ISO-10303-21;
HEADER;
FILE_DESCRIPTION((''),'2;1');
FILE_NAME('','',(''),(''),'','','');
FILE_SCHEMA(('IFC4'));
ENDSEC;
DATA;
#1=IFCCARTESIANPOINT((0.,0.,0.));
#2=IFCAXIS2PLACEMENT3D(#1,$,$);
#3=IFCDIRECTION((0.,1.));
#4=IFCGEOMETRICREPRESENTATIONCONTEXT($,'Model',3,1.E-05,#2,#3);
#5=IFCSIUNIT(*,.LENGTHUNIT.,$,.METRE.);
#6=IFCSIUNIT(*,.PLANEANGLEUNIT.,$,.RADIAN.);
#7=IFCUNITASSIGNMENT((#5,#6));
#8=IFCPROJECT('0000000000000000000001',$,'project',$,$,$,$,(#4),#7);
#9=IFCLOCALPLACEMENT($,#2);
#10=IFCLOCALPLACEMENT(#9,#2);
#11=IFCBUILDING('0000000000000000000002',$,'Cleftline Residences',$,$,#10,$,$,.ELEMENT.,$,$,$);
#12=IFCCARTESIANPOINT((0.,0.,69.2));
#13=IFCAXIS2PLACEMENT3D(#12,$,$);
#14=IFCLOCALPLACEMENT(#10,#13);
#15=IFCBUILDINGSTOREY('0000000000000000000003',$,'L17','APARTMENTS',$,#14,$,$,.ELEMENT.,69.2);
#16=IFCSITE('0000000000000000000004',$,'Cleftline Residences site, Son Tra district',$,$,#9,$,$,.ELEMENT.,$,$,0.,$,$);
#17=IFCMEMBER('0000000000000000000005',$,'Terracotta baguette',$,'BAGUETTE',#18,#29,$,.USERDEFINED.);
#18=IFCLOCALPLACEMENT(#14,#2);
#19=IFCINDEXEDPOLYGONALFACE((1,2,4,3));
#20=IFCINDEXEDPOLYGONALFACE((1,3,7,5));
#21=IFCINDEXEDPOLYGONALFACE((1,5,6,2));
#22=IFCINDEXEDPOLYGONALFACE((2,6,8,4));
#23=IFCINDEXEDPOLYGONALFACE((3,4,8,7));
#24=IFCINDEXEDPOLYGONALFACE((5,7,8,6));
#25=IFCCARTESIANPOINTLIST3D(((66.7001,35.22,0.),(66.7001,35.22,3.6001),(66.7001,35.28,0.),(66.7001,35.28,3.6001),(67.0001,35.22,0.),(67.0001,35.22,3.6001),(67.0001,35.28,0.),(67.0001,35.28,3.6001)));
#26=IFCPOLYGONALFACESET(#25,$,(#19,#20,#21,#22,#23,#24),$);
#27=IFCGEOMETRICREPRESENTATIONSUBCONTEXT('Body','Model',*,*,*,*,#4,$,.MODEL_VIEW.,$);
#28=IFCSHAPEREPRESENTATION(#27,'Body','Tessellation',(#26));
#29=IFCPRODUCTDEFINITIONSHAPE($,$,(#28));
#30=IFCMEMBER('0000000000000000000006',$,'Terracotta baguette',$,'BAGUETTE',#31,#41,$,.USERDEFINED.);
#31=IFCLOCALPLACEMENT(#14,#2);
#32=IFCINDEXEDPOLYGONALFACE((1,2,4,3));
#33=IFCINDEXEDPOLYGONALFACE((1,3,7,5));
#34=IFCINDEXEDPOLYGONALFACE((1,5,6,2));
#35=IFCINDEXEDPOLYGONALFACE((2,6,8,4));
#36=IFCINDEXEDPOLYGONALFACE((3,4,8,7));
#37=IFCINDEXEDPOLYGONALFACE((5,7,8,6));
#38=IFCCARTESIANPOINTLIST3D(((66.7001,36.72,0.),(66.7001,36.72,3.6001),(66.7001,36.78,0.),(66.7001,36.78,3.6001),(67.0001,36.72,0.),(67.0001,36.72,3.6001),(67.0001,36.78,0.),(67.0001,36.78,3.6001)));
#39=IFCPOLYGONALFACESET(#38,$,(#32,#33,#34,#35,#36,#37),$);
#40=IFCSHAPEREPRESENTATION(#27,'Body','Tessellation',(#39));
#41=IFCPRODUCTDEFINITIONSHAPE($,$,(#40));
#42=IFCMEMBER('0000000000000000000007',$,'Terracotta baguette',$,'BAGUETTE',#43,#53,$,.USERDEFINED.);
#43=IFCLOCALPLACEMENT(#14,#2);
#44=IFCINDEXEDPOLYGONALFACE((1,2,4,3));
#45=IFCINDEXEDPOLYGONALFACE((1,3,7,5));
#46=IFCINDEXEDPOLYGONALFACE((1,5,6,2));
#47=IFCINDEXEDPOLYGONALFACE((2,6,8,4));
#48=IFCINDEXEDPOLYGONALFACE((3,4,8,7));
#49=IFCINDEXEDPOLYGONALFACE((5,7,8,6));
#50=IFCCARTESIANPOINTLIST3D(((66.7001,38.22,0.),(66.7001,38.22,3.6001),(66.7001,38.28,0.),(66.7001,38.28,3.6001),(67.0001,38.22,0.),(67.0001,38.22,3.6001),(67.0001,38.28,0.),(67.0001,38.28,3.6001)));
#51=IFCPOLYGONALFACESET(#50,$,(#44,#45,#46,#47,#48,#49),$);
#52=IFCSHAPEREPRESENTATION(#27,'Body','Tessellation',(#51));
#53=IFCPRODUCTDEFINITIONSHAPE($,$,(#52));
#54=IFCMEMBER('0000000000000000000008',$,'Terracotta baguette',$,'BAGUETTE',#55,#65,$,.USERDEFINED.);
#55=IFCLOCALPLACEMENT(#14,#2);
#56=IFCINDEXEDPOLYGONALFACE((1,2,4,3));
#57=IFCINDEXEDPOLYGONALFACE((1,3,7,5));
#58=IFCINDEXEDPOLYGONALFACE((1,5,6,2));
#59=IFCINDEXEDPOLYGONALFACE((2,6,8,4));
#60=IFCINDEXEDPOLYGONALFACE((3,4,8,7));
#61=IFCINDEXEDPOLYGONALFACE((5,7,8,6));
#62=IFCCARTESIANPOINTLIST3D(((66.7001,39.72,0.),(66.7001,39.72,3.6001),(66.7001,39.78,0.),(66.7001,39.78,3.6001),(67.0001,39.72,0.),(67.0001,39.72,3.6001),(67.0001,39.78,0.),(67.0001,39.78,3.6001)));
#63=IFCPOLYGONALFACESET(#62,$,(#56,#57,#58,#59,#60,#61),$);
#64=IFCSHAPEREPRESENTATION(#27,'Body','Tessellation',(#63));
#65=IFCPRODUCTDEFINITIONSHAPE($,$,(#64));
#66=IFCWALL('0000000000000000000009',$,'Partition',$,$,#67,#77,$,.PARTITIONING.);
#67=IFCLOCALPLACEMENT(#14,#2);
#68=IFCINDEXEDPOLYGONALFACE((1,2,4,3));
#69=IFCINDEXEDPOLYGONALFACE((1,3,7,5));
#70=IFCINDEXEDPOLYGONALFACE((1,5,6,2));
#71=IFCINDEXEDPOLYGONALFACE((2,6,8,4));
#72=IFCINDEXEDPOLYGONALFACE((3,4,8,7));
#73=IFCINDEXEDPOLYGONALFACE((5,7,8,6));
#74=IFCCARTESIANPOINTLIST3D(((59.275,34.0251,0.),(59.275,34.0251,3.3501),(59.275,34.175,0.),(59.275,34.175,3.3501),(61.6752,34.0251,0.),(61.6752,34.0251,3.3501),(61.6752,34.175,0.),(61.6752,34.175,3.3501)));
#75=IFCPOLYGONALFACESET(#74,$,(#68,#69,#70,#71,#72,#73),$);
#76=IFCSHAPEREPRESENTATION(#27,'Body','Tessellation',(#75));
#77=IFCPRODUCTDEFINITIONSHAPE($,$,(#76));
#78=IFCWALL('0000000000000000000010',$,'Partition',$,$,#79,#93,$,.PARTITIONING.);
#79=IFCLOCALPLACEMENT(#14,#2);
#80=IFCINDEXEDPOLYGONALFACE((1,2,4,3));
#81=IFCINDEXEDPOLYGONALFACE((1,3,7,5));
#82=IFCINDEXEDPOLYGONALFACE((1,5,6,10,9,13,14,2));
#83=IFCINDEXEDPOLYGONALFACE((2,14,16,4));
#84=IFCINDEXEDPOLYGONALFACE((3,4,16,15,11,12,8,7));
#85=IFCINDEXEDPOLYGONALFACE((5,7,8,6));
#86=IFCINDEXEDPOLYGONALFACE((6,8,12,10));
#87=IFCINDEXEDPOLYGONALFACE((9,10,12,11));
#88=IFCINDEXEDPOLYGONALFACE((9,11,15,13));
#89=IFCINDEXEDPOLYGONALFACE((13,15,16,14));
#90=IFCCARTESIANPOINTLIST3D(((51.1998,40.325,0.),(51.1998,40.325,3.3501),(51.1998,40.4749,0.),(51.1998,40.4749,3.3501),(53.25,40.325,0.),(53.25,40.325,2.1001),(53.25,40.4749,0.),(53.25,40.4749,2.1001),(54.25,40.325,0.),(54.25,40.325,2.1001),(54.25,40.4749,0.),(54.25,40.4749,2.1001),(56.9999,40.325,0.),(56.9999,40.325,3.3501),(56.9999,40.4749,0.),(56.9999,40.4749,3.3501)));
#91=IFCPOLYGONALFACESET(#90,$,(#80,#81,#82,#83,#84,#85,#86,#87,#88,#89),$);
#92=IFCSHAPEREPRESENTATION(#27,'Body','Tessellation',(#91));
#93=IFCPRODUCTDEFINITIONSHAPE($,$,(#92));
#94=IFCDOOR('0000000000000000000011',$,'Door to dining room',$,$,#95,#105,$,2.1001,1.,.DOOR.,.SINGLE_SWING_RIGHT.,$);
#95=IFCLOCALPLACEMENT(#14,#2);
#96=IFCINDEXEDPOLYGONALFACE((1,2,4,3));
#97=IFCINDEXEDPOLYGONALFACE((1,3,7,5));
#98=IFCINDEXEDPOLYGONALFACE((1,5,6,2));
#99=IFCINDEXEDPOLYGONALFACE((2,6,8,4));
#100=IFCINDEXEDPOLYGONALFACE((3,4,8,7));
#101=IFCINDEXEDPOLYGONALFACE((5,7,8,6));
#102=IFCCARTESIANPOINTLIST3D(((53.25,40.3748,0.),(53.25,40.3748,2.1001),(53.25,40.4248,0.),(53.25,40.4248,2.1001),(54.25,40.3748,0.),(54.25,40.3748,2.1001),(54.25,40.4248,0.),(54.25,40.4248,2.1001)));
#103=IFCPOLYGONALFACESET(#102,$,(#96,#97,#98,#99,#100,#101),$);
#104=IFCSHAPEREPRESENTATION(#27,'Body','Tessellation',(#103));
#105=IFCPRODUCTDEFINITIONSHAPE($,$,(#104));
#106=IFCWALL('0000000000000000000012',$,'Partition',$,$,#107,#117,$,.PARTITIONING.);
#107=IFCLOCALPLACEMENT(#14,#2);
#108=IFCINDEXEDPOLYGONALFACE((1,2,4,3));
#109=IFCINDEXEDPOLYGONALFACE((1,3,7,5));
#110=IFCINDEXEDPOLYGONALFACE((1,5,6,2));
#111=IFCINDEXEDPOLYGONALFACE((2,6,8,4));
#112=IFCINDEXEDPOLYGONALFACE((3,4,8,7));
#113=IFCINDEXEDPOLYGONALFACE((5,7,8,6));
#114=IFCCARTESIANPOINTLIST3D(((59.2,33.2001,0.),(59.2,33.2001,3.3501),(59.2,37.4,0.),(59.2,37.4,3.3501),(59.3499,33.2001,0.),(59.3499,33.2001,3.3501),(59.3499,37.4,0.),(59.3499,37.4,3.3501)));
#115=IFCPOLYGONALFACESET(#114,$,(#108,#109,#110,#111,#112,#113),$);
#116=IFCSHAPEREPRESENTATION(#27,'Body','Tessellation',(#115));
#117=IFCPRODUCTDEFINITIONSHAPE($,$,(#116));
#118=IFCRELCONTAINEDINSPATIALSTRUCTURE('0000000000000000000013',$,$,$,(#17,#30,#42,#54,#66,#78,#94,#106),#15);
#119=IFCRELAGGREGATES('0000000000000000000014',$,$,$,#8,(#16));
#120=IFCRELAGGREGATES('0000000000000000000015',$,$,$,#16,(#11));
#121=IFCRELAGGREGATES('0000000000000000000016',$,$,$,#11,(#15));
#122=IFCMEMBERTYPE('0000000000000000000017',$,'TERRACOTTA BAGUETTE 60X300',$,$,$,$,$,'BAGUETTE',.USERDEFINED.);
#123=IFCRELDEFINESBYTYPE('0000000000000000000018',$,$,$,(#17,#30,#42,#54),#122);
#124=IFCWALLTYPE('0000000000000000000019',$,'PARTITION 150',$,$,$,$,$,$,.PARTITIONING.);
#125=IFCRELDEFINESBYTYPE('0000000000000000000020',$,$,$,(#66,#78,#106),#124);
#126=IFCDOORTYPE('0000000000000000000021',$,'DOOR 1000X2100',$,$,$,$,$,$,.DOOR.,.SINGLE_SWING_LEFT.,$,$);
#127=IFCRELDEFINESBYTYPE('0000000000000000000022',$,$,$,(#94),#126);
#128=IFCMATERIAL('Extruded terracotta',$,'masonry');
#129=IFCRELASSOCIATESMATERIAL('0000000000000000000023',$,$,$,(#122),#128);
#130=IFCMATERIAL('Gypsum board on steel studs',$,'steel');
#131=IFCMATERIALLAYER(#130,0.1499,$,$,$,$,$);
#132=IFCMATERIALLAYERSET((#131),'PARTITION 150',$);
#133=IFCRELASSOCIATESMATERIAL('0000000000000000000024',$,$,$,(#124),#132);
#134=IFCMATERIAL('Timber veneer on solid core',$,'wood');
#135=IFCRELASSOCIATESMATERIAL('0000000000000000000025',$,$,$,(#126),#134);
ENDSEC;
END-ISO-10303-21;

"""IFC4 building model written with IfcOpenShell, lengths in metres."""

from ifc_helpers import new_model, si_unit, direction, frame, frame_2d, origin, origin_2d, place, context, subcontext, project, spatial, rectangle, extrude, material, layer, layer_set, material_profile, profile_set, type_object, element, fill, save


model = new_model("IFC4")

# Units and contexts
model_context = context("Model", 3, precision=1e-05, world=origin(), true_north=direction((0.0, 1.0)))
body_context = subcontext(model_context, "Body", "Model", "MODEL_VIEW")
ifc_project = project(units=[si_unit("LENGTHUNIT", "METRE"), si_unit("PLANEANGLEUNIT", "RADIAN")], contexts=[model_context])

# Site, building, storey
site_placement = place(None, origin())
site = spatial("IfcSite", under=ifc_project, at=site_placement, Name="Cleftline Residences site, Son Tra district", CompositionType="ELEMENT", RefElevation=0.0)
building_placement = place(site_placement, origin())
building = spatial("IfcBuilding", under=site, at=building_placement, Name="Cleftline Residences", CompositionType="ELEMENT")
storey_placement = place(building_placement, frame((0.0, 0.0, 69.2)))
storey = spatial("IfcBuildingStorey", under=building, at=storey_placement, Name="L17", Description="APARTMENTS", CompositionType="ELEMENT", Elevation=69.2)

# Members
ifc_material_1 = material(Name="Extruded terracotta", Category="masonry")
ifc_material_profile_1 = material_profile(ifc_material_1, rectangle(XDim=0.0601, YDim=0.3, at=origin_2d()))
ifc_profile_set_1 = profile_set([ifc_material_profile_1], Name="Extruded terracotta")
member_type_1 = type_object("IfcMemberType", Name="TERRACOTTA BAGUETTE 60X300", ElementType="BAGUETTE", PredefinedType="USERDEFINED", material=ifc_profile_set_1)
for number, where, z_axis, x_axis, name in (
    (1, (66.8501, 35.25, 0.0), (0.0, 0.0, 1.0), (0.0, 1.0, 0.0), "Terracotta baguette"),
    (2, (66.8501, 36.75, 0.0), (0.0, 0.0, 1.0), (0.0, 1.0, 0.0), "Terracotta baguette"),
    (3, (66.8501, 38.25, 0.0), (0.0, 0.0, 1.0), (0.0, 1.0, 0.0), "Terracotta baguette"),
    (4, (66.8501, 39.75, 0.0), (0.0, 0.0, 1.0), (0.0, 1.0, 0.0), "Terracotta baguette"),
):
    element("IfcMember", number, at=place(storey_placement, frame(where, z_axis=z_axis, x_axis=x_axis)), inside=storey, type_object=member_type_1, Name=name, ObjectType="BAGUETTE", PredefinedType="USERDEFINED", context=body_context, shape_type="SweptSolid", body=[
        extrude(rectangle(XDim=0.0601, YDim=0.3, at=origin_2d()), origin(), (0.0, 0.0, 1.0), 3.6001),
    ])

# Wall
ifc_material_2 = material(Name="Gypsum board on steel studs", Category="steel")
ifc_layer = layer(ifc_material_2, 0.1499)
ifc_layer_set = layer_set([ifc_layer], Name="PARTITION 150")
wall_type = type_object("IfcWallType", Name="PARTITION 150", PredefinedType="PARTITIONING", material=ifc_layer_set)
wall_1_placement = place(storey_placement, frame((59.2749, 34.1001, 0.0), z_axis=(0.0, 0.0, 1.0), x_axis=(1.0, 0.0, 0.0)))
element("IfcWall", 5, at=wall_1_placement, inside=storey, type_object=wall_type, Name="Partition", PredefinedType="PARTITIONING", context=body_context, shape_type="SweptSolid", body=[
    extrude(rectangle(XDim=2.4001, YDim=0.1499, at=frame_2d((1.2002, 0.0))), origin(), (0.0, 0.0, 1.0), 3.3501),
])

# Wall, opening, door
wall_2_placement = place(storey_placement, frame((51.2, 40.3999, 0.0), z_axis=(0.0, 0.0, 1.0), x_axis=(1.0, 0.0, 0.0)))
wall_2 = element("IfcWall", 6, at=wall_2_placement, inside=storey, type_object=wall_type, Name="Partition", PredefinedType="PARTITIONING", context=body_context, shape_type="SweptSolid", body=[
    extrude(rectangle(XDim=5.8, YDim=0.1499, at=frame_2d((2.8999, 0.0))), origin(), (0.0, 0.0, 1.0), 3.3501),
])
opening_placement = place(wall_2_placement, frame((2.05, 0.0, 0.0)))
opening = element("IfcOpeningElement", 7, at=opening_placement, cuts=wall_2, PredefinedType="OPENING", context=body_context, shape_type="SweptSolid", body=[
    extrude(rectangle(XDim=1.0, YDim=2.1001, at=frame_2d((0.5, 1.05))), frame((0.0, 0.085, 0.0), z_axis=(0.0, -1.0, 0.0), x_axis=(1.0, 0.0, 0.0)), (0.0, 0.0, 1.0), 0.1699),
])
ifc_material_3 = material(Name="Timber veneer on solid core", Category="wood")
door_type = type_object("IfcDoorType", Name="DOOR 1000X2100", OperationType="SINGLE_SWING_LEFT", PredefinedType="DOOR", material=ifc_material_3)
door_placement = place(opening_placement, origin())
door = element("IfcDoor", 8, at=door_placement, inside=storey, type_object=door_type, Name="Door to dining room", OperationType="SINGLE_SWING_RIGHT", OverallHeight=2.1001, OverallWidth=1.0, PredefinedType="DOOR", context=body_context, shape_type="SweptSolid", body=[
    extrude(rectangle(XDim=1.0, YDim=2.1001, at=frame_2d((0.5, 1.05))), frame((0.0, 0.0249, 0.0), z_axis=(0.0, -1.0, 0.0), x_axis=(1.0, 0.0, 0.0)), (0.0, 0.0, 1.0), 0.05),
])
fill(opening, door)

# Wall
wall_3_placement = place(storey_placement, frame((59.2749, 33.2, 0.0), z_axis=(0.0, 0.0, 1.0), x_axis=(0.0, 1.0, 0.0)))
element("IfcWall", 9, at=wall_3_placement, inside=storey, type_object=wall_type, Name="Partition", PredefinedType="PARTITIONING", context=body_context, shape_type="SweptSolid", body=[
    extrude(rectangle(XDim=4.2, YDim=0.1499, at=frame_2d((2.1001, 0.0))), origin(), (0.0, 0.0, 1.0), 3.3501),
])

save(model, "model.ifc")
